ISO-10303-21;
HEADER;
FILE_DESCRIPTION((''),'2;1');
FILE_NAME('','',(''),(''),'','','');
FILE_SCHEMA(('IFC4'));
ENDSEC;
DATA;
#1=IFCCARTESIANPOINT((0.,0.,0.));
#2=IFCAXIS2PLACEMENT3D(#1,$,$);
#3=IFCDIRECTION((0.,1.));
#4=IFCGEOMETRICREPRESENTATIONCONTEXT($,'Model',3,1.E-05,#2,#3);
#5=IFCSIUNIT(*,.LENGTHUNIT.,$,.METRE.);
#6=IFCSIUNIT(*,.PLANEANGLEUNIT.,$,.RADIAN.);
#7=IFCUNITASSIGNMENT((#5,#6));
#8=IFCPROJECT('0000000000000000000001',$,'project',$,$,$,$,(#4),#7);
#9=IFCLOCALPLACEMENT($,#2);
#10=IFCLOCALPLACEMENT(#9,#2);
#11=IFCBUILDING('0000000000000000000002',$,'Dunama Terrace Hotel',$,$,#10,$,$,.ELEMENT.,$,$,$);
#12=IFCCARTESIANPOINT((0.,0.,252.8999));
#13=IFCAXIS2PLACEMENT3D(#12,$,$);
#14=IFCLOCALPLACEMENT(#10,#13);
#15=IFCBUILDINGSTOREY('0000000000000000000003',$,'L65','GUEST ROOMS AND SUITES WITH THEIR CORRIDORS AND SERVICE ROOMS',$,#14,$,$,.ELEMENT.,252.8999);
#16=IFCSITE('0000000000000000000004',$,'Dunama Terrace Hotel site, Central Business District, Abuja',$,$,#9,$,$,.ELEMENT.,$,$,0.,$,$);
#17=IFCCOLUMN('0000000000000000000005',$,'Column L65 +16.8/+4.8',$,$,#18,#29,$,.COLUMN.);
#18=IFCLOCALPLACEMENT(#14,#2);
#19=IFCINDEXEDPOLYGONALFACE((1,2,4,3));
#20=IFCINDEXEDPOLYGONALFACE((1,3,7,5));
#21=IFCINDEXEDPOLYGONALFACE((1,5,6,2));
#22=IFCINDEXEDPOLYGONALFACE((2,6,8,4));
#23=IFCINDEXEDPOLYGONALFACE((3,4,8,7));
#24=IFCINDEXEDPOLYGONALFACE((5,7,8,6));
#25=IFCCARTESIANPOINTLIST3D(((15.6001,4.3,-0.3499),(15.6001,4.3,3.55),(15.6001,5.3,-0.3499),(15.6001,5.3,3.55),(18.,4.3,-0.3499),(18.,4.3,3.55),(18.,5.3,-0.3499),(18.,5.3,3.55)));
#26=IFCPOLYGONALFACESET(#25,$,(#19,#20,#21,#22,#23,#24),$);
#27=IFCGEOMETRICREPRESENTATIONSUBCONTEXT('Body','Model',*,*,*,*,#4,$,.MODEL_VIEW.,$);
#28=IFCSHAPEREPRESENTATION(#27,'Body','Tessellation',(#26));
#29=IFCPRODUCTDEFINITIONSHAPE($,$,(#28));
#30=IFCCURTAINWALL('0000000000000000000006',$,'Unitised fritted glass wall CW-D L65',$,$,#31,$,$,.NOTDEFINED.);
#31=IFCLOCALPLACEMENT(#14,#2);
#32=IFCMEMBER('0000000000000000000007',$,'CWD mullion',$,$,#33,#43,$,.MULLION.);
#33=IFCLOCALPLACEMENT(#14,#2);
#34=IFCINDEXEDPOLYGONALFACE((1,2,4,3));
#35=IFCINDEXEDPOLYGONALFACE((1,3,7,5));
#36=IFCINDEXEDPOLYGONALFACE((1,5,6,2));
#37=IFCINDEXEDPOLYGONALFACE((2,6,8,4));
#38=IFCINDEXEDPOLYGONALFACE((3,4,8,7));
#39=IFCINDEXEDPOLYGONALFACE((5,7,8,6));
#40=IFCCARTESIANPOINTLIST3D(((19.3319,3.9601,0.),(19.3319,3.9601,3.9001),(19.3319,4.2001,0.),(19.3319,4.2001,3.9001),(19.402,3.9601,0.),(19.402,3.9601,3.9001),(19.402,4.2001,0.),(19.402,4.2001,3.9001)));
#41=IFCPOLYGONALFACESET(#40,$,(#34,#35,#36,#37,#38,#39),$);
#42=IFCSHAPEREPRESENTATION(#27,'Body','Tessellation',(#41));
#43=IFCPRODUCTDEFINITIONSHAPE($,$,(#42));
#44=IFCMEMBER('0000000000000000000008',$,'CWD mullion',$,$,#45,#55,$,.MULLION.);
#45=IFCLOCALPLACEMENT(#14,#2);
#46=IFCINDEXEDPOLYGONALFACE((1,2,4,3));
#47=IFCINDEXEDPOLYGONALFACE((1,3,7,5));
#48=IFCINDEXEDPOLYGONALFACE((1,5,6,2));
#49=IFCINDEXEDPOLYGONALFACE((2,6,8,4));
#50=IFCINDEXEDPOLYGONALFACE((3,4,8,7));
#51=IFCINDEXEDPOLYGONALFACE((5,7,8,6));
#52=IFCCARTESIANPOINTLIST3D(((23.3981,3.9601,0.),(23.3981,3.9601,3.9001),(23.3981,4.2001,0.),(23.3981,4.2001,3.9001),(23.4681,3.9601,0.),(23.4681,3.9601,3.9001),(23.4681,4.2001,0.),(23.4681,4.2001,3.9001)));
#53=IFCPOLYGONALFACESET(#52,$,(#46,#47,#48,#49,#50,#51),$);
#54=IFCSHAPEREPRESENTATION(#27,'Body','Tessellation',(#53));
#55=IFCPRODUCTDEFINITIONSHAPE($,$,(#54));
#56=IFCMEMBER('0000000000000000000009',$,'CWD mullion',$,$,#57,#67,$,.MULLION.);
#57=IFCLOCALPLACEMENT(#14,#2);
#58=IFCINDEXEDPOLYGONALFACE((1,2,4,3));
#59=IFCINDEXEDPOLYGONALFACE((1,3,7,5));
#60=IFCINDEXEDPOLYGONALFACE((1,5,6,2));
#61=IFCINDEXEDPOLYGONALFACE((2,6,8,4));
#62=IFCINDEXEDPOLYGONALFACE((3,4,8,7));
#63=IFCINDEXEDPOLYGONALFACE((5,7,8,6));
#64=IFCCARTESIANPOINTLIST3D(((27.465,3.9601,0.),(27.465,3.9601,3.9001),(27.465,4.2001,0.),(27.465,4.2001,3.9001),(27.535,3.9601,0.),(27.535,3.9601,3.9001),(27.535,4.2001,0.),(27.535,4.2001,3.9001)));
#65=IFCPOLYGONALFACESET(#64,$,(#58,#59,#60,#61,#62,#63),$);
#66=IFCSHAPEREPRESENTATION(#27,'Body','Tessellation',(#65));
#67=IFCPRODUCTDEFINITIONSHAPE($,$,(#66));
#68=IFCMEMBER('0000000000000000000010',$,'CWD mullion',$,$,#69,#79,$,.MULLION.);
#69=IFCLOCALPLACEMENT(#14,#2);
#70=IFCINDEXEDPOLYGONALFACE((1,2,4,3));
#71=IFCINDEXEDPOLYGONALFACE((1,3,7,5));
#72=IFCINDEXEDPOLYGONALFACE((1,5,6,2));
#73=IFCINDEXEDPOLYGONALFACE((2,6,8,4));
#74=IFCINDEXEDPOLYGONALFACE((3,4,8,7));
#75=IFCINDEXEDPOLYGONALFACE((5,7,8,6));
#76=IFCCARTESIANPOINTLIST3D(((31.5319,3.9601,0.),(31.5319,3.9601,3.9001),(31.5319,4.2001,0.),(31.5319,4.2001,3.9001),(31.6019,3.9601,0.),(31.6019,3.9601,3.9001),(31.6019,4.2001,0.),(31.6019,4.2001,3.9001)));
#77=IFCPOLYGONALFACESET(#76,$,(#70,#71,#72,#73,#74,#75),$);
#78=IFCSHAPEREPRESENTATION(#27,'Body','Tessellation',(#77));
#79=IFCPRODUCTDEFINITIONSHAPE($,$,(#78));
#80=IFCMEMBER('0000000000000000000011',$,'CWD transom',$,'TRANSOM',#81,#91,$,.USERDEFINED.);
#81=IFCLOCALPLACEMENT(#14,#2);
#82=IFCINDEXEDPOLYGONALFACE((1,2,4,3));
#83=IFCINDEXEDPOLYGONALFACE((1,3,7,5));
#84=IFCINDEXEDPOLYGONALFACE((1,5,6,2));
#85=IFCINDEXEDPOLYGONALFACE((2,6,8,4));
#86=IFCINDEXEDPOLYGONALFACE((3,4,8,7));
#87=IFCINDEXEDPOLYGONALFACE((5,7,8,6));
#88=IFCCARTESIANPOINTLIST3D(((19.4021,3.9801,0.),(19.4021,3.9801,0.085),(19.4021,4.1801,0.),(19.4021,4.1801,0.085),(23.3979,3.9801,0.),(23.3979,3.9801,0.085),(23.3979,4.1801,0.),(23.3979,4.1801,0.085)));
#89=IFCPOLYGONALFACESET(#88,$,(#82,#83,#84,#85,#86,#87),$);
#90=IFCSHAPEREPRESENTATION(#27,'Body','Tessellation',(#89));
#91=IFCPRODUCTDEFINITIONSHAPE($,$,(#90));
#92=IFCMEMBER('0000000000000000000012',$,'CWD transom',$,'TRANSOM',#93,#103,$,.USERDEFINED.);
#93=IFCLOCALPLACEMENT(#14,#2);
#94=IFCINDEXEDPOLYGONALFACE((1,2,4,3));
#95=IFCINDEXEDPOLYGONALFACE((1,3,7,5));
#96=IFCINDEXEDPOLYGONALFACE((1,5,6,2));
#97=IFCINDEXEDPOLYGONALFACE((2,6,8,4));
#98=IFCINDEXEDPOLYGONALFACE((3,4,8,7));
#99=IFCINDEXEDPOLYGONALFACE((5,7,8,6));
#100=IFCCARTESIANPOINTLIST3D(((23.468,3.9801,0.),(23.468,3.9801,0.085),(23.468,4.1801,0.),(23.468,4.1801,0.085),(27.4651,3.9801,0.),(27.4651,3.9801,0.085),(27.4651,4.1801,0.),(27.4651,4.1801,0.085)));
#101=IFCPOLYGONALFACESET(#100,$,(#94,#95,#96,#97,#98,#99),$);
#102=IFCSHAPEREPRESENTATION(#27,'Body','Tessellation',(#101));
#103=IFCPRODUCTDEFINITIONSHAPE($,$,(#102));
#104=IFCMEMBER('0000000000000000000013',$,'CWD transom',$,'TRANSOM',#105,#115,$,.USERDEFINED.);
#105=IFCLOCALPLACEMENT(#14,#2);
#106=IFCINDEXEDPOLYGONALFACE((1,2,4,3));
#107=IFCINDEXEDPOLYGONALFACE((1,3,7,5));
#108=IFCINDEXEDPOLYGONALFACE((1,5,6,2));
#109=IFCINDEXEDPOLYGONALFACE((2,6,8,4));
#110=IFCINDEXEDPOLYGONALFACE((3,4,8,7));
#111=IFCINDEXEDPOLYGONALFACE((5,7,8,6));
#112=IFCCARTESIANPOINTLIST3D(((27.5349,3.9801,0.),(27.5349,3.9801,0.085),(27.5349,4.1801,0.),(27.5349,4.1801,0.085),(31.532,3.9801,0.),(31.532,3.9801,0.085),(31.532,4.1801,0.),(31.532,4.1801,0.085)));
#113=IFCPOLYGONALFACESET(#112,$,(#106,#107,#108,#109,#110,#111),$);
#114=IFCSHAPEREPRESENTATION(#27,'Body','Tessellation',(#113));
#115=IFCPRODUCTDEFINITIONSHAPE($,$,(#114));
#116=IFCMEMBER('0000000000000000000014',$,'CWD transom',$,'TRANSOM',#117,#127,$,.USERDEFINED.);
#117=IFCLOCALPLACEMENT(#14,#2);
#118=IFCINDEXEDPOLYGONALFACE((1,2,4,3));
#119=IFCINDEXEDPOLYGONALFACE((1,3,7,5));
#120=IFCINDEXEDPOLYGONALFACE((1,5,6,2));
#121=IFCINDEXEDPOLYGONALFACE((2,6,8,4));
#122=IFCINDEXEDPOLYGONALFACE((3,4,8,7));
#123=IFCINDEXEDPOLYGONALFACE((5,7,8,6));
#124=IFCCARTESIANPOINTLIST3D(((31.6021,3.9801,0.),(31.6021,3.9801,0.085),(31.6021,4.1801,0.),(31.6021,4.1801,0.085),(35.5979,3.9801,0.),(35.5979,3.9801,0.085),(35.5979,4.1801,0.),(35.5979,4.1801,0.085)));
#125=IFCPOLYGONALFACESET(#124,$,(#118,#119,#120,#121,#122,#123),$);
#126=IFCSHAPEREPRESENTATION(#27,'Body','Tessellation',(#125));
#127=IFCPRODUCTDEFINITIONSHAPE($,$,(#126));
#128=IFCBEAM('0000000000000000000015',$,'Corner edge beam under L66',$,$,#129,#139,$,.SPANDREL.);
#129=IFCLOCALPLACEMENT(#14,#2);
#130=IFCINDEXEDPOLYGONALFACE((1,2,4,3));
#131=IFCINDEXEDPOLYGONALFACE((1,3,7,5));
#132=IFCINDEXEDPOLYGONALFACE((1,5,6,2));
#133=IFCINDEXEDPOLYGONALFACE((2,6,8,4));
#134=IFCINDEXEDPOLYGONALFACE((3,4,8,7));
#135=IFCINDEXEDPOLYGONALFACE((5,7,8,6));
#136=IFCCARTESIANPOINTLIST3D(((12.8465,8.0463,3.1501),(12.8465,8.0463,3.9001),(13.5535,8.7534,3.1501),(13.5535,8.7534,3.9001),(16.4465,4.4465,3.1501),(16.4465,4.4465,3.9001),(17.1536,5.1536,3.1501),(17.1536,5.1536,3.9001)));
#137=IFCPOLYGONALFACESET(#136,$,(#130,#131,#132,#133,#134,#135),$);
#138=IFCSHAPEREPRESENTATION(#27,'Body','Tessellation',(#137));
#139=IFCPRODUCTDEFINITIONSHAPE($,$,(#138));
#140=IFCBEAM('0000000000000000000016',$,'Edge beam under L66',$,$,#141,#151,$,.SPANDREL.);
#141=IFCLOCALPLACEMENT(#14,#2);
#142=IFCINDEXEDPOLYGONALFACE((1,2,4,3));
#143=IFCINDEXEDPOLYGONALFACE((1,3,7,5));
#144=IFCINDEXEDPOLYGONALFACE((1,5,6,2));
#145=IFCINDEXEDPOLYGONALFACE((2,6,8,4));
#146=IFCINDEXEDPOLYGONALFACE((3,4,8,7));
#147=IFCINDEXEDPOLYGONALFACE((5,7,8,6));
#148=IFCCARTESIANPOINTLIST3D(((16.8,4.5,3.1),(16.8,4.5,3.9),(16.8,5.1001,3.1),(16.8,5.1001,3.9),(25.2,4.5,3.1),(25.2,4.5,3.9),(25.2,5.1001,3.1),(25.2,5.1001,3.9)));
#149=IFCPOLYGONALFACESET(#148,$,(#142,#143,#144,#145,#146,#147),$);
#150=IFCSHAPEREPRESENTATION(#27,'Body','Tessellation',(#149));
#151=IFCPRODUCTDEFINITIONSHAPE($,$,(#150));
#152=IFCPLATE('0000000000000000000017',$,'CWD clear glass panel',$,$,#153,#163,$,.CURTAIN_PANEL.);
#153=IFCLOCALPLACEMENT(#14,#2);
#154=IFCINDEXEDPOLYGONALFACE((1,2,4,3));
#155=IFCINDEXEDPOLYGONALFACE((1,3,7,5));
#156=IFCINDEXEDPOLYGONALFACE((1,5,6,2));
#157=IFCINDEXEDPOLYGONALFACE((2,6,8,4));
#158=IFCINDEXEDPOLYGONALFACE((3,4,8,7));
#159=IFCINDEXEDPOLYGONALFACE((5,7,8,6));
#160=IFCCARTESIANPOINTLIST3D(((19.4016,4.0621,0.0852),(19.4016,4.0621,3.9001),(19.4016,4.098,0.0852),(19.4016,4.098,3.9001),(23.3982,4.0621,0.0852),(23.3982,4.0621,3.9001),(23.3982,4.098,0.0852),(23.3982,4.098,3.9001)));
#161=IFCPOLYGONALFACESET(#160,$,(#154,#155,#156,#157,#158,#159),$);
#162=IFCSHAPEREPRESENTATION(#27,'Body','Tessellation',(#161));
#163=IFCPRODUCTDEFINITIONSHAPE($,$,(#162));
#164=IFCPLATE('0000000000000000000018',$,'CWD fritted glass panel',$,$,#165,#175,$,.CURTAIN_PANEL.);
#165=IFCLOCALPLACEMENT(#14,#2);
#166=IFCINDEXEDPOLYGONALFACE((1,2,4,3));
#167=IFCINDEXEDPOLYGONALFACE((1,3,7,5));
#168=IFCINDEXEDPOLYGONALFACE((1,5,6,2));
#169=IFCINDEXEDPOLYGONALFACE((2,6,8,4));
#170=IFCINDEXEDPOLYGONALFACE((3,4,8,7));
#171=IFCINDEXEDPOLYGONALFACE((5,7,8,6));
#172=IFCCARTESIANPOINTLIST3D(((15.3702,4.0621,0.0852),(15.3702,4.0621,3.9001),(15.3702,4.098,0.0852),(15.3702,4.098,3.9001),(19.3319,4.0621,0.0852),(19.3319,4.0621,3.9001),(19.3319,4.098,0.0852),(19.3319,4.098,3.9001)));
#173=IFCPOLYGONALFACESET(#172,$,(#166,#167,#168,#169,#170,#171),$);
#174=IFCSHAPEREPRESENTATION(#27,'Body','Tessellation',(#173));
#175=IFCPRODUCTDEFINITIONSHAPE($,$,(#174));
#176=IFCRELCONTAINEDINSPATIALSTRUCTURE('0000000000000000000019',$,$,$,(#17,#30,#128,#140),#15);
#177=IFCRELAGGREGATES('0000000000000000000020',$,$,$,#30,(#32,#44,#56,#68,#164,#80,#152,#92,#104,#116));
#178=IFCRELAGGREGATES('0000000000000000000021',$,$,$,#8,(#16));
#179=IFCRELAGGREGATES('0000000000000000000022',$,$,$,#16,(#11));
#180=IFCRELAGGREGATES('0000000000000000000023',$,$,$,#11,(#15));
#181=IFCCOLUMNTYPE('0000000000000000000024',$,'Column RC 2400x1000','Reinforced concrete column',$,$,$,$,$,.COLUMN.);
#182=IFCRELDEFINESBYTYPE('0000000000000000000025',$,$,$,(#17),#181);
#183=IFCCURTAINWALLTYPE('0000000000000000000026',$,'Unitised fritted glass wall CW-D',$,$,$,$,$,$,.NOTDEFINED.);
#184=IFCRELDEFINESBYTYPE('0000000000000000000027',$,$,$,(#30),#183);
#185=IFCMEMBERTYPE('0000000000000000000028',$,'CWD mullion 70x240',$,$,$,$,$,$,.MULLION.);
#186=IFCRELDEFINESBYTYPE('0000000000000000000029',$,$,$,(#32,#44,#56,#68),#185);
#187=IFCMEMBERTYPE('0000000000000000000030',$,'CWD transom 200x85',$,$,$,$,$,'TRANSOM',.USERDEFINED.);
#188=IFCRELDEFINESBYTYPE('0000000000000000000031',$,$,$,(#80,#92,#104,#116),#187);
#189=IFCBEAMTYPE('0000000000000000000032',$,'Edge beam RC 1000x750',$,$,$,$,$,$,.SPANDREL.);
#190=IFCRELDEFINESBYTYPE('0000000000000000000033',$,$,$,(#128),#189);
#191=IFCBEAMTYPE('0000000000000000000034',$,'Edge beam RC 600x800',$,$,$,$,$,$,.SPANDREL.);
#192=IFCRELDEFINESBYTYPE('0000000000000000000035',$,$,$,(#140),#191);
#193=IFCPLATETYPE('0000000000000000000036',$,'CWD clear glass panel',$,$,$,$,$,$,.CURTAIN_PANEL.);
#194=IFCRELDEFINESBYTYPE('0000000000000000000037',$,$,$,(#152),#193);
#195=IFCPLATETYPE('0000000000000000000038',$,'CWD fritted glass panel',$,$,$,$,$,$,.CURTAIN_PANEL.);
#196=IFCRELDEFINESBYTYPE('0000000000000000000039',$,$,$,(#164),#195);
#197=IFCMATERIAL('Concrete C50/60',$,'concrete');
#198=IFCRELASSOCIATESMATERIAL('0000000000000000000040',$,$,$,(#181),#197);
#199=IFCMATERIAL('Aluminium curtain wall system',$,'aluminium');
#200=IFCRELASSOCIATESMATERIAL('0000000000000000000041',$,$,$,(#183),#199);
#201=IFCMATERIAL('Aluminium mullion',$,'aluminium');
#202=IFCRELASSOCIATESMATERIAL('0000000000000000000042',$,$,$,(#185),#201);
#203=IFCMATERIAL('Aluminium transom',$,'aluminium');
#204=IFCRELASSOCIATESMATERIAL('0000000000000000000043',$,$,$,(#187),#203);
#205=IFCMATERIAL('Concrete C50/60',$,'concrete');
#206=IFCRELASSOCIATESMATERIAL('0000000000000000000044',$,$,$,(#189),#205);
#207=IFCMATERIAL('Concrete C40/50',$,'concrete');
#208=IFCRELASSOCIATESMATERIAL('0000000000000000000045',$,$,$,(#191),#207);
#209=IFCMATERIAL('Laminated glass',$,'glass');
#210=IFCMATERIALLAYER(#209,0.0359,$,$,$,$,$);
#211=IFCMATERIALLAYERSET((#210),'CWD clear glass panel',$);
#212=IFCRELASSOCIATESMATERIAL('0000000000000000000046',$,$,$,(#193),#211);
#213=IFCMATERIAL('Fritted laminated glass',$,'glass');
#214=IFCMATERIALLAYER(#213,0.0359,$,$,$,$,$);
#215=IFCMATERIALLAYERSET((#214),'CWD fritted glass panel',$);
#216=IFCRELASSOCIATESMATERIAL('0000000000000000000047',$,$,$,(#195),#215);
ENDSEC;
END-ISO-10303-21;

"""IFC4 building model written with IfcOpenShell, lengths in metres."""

from ifc_helpers import new_model, si_unit, direction, frame, origin, origin_2d, place, context, subcontext, project, spatial, rectangle, extrude, material, layer, layer_set, material_profile, profile_set, type_object, element, aggregate, save


model = new_model("IFC4")

# Units and contexts
model_context = context("Model", 3, precision=1e-05, world=origin(), true_north=direction((0.0, 1.0)))
body_context = subcontext(model_context, "Body", "Model", "MODEL_VIEW")
ifc_project = project(units=[si_unit("LENGTHUNIT", "METRE"), si_unit("PLANEANGLEUNIT", "RADIAN")], contexts=[model_context])

# Site, building, storey
site_placement = place(None, origin())
site = spatial("IfcSite", under=ifc_project, at=site_placement, Name="Dunama Terrace Hotel site, Central Business District, Abuja", CompositionType="ELEMENT", RefElevation=0.0)
building_placement = place(site_placement, origin())
building = spatial("IfcBuilding", under=site, at=building_placement, Name="Dunama Terrace Hotel", CompositionType="ELEMENT")
storey_placement = place(building_placement, frame((0.0, 0.0, 252.8999)))
storey = spatial("IfcBuildingStorey", under=building, at=storey_placement, Name="L65", Description="GUEST ROOMS AND SUITES WITH THEIR CORRIDORS AND SERVICE ROOMS", CompositionType="ELEMENT", Elevation=252.8999)

# Column
ifc_material_1 = material(Name="Concrete C50/60", Category="concrete")
ifc_material_profile_1 = material_profile(ifc_material_1, rectangle(XDim=2.3999, YDim=1.0, at=origin_2d()), Name="RC 2400x1000")
ifc_profile_set_1 = profile_set([ifc_material_profile_1], Name="Concrete C50/60")
column_type = type_object("IfcColumnType", Name="Column RC 2400x1000", Description="Reinforced concrete column", PredefinedType="COLUMN", material=ifc_profile_set_1)
column_placement = place(storey_placement, frame((16.8, 4.8, -0.3499), z_axis=(0.0, 0.0, 1.0), x_axis=(1.0, 0.0, 0.0)))
element("IfcColumn", 1, at=column_placement, inside=storey, type_object=column_type, Name="Column L65 +16.8/+4.8", PredefinedType="COLUMN", context=body_context, shape_type="SweptSolid", body=[
    extrude(rectangle(XDim=2.3999, YDim=1.0, at=origin_2d()), origin(), (0.0, 0.0, 1.0), 3.8999),
])

# Curtain wall, members
ifc_material_2 = material(Name="Aluminium curtain wall system", Category="aluminium")
curtain_wall_type = type_object("IfcCurtainWallType", Name="Unitised fritted glass wall CW-D", PredefinedType="NOTDEFINED", material=ifc_material_2)
curtain_wall_placement = place(storey_placement, origin())
curtain_wall = element("IfcCurtainWall", 2, at=curtain_wall_placement, inside=storey, type_object=curtain_wall_type, Name="Unitised fritted glass wall CW-D L65", PredefinedType="NOTDEFINED")
ifc_material_3 = material(Name="Aluminium mullion", Category="aluminium")
ifc_material_profile_2 = material_profile(ifc_material_3, rectangle(XDim=0.0701, YDim=0.24, at=origin_2d()), Name="CWD MULLION 70X240")
ifc_profile_set_2 = profile_set([ifc_material_profile_2], Name="Aluminium mullion")
member_type_1 = type_object("IfcMemberType", Name="CWD mullion 70x240", PredefinedType="MULLION", material=ifc_profile_set_2)
member_1_placement = place(storey_placement, frame((19.3669, 4.0801, 0.0), z_axis=(0.0, 0.0, 1.0), x_axis=(1.0, 0.0, 0.0)))
member_1 = element("IfcMember", 3, at=member_1_placement, type_object=member_type_1, Name="CWD mullion", PredefinedType="MULLION", context=body_context, shape_type="SweptSolid", body=[
    extrude(rectangle(XDim=0.0701, YDim=0.24, at=origin_2d()), origin(), (0.0, 0.0, 1.0), 3.9001),
])
member_2_placement = place(storey_placement, frame((23.4331, 4.0801, 0.0), z_axis=(0.0, 0.0, 1.0), x_axis=(1.0, 0.0, 0.0)))
member_2 = element("IfcMember", 4, at=member_2_placement, type_object=member_type_1, Name="CWD mullion", PredefinedType="MULLION", context=body_context, shape_type="SweptSolid", body=[
    extrude(rectangle(XDim=0.0701, YDim=0.24, at=origin_2d()), origin(), (0.0, 0.0, 1.0), 3.9001),
])
member_3_placement = place(storey_placement, frame((27.5, 4.0801, 0.0), z_axis=(0.0, 0.0, 1.0), x_axis=(1.0, 0.0, 0.0)))
member_3 = element("IfcMember", 5, at=member_3_placement, type_object=member_type_1, Name="CWD mullion", PredefinedType="MULLION", context=body_context, shape_type="SweptSolid", body=[
    extrude(rectangle(XDim=0.0701, YDim=0.24, at=origin_2d()), origin(), (0.0, 0.0, 1.0), 3.9001),
])
member_4_placement = place(storey_placement, frame((31.5669, 4.0801, 0.0), z_axis=(0.0, 0.0, 1.0), x_axis=(1.0, 0.0, 0.0)))
member_4 = element("IfcMember", 6, at=member_4_placement, type_object=member_type_1, Name="CWD mullion", PredefinedType="MULLION", context=body_context, shape_type="SweptSolid", body=[
    extrude(rectangle(XDim=0.0701, YDim=0.24, at=origin_2d()), origin(), (0.0, 0.0, 1.0), 3.9001),
])
ifc_material_4 = material(Name="Aluminium transom", Category="aluminium")
ifc_material_profile_3 = material_profile(ifc_material_4, rectangle(XDim=0.2, YDim=0.085, at=origin_2d()), Name="CWD TRANSOM 200X85")
ifc_profile_set_3 = profile_set([ifc_material_profile_3], Name="Aluminium transom")
member_type_2 = type_object("IfcMemberType", Name="CWD transom 200x85", ElementType="TRANSOM", PredefinedType="USERDEFINED", material=ifc_profile_set_3)
member_5_placement = place(storey_placement, frame((19.4021, 4.0801, 0.0425), z_axis=(1.0, 0.0, 0.0), x_axis=(0.0, 1.0, 0.0)))
member_5 = element("IfcMember", 7, at=member_5_placement, type_object=member_type_2, Name="CWD transom", ObjectType="TRANSOM", PredefinedType="USERDEFINED", context=body_context, shape_type="SweptSolid", body=[
    extrude(rectangle(XDim=0.2, YDim=0.085, at=origin_2d()), origin(), (0.0, 0.0, 1.0), 3.9958),
])
member_6_placement = place(storey_placement, frame((23.468, 4.0801, 0.0425), z_axis=(1.0, 0.0, 0.0), x_axis=(0.0, 1.0, 0.0)))
member_6 = element("IfcMember", 8, at=member_6_placement, type_object=member_type_2, Name="CWD transom", ObjectType="TRANSOM", PredefinedType="USERDEFINED", context=body_context, shape_type="SweptSolid", body=[
    extrude(rectangle(XDim=0.2, YDim=0.085, at=origin_2d()), origin(), (0.0, 0.0, 1.0), 3.9971),
])
member_7_placement = place(storey_placement, frame((27.5349, 4.0801, 0.0425), z_axis=(1.0, 0.0, 0.0), x_axis=(0.0, 1.0, 0.0)))
member_7 = element("IfcMember", 9, at=member_7_placement, type_object=member_type_2, Name="CWD transom", ObjectType="TRANSOM", PredefinedType="USERDEFINED", context=body_context, shape_type="SweptSolid", body=[
    extrude(rectangle(XDim=0.2, YDim=0.085, at=origin_2d()), origin(), (0.0, 0.0, 1.0), 3.9971),
])
member_8_placement = place(storey_placement, frame((31.6021, 4.0801, 0.0425), z_axis=(1.0, 0.0, 0.0), x_axis=(0.0, 1.0, 0.0)))
member_8 = element("IfcMember", 10, at=member_8_placement, type_object=member_type_2, Name="CWD transom", ObjectType="TRANSOM", PredefinedType="USERDEFINED", context=body_context, shape_type="SweptSolid", body=[
    extrude(rectangle(XDim=0.2, YDim=0.085, at=origin_2d()), origin(), (0.0, 0.0, 1.0), 3.9958),
])

# Beams
ifc_material_5 = material(Name="Concrete C50/60", Category="concrete")
ifc_material_profile_4 = material_profile(ifc_material_5, rectangle(XDim=1.0, YDim=0.75, at=origin_2d()), Name="RC 1000x750")
ifc_profile_set_4 = profile_set([ifc_material_profile_4], Name="Concrete C50/60")
beam_type_1 = type_object("IfcBeamType", Name="Edge beam RC 1000x750", PredefinedType="SPANDREL", material=ifc_profile_set_4)
beam_1_placement = place(storey_placement, frame((16.8, 4.8, 3.5251), z_axis=(-0.707131, 0.707083, 0.0), x_axis=(-0.707083, -0.707131, 0.0)))
element("IfcBeam", 11, at=beam_1_placement, inside=storey, type_object=beam_type_1, Name="Corner edge beam under L66", PredefinedType="SPANDREL", context=body_context, shape_type="SweptSolid", body=[
    extrude(rectangle(XDim=1.0, YDim=0.75, at=origin_2d()), origin(), (0.0, 0.0, 1.0), 5.0911),
])
ifc_material_6 = material(Name="Concrete C40/50", Category="concrete")
ifc_material_profile_5 = material_profile(ifc_material_6, rectangle(XDim=0.6001, YDim=0.8, at=origin_2d()), Name="RC 600x800")
ifc_profile_set_5 = profile_set([ifc_material_profile_5], Name="Concrete C40/50")
beam_type_2 = type_object("IfcBeamType", Name="Edge beam RC 600x800", PredefinedType="SPANDREL", material=ifc_profile_set_5)
beam_2_placement = place(storey_placement, frame((16.8, 4.8, 3.5), z_axis=(1.0, 0.0, 0.0), x_axis=(0.0, 1.0, 0.0)))
element("IfcBeam", 12, at=beam_2_placement, inside=storey, type_object=beam_type_2, Name="Edge beam under L66", PredefinedType="SPANDREL", context=body_context, shape_type="SweptSolid", body=[
    extrude(rectangle(XDim=0.6001, YDim=0.8, at=origin_2d()), origin(), (0.0, 0.0, 1.0), 8.3999),
])

# Plates
ifc_material_7 = material(Name="Laminated glass", Category="glass")
ifc_layer_1 = layer(ifc_material_7, 0.0359)
ifc_layer_set_1 = layer_set([ifc_layer_1], Name="CWD clear glass panel")
plate_type_1 = type_object("IfcPlateType", Name="CWD clear glass panel", PredefinedType="CURTAIN_PANEL", material=ifc_layer_set_1)
plate_1_placement = place(storey_placement, frame((21.3999, 4.0801, 0.0852), z_axis=(0.0, 0.0, 1.0), x_axis=(1.0, 0.0, 0.0)))
plate_1 = element("IfcPlate", 13, at=plate_1_placement, type_object=plate_type_1, Name="CWD clear glass panel", PredefinedType="CURTAIN_PANEL", context=body_context, shape_type="SweptSolid", body=[
    extrude(rectangle(XDim=3.9966, YDim=0.0359, at=origin_2d()), origin(), (0.0, 0.0, 1.0), 3.8149),
])
ifc_material_8 = material(Name="Fritted laminated glass", Category="glass")
ifc_layer_2 = layer(ifc_material_8, 0.0359)
ifc_layer_set_2 = layer_set([ifc_layer_2], Name="CWD fritted glass panel")
plate_type_2 = type_object("IfcPlateType", Name="CWD fritted glass panel", PredefinedType="CURTAIN_PANEL", material=ifc_layer_set_2)
plate_2_placement = place(storey_placement, frame((17.3511, 4.0801, 0.0852), z_axis=(0.0, 0.0, 1.0), x_axis=(1.0, 0.0, 0.0)))
plate_2 = element("IfcPlate", 14, at=plate_2_placement, type_object=plate_type_2, Name="CWD fritted glass panel", PredefinedType="CURTAIN_PANEL", context=body_context, shape_type="SweptSolid", body=[
    extrude(rectangle(XDim=3.9617, YDim=0.0359, at=origin_2d()), origin(), (0.0, 0.0, 1.0), 3.8149),
])
aggregate(curtain_wall, [member_1, member_2, member_3, member_4, plate_2, member_5, plate_1, member_6, member_7, member_8])

save(model, "model.ifc")
